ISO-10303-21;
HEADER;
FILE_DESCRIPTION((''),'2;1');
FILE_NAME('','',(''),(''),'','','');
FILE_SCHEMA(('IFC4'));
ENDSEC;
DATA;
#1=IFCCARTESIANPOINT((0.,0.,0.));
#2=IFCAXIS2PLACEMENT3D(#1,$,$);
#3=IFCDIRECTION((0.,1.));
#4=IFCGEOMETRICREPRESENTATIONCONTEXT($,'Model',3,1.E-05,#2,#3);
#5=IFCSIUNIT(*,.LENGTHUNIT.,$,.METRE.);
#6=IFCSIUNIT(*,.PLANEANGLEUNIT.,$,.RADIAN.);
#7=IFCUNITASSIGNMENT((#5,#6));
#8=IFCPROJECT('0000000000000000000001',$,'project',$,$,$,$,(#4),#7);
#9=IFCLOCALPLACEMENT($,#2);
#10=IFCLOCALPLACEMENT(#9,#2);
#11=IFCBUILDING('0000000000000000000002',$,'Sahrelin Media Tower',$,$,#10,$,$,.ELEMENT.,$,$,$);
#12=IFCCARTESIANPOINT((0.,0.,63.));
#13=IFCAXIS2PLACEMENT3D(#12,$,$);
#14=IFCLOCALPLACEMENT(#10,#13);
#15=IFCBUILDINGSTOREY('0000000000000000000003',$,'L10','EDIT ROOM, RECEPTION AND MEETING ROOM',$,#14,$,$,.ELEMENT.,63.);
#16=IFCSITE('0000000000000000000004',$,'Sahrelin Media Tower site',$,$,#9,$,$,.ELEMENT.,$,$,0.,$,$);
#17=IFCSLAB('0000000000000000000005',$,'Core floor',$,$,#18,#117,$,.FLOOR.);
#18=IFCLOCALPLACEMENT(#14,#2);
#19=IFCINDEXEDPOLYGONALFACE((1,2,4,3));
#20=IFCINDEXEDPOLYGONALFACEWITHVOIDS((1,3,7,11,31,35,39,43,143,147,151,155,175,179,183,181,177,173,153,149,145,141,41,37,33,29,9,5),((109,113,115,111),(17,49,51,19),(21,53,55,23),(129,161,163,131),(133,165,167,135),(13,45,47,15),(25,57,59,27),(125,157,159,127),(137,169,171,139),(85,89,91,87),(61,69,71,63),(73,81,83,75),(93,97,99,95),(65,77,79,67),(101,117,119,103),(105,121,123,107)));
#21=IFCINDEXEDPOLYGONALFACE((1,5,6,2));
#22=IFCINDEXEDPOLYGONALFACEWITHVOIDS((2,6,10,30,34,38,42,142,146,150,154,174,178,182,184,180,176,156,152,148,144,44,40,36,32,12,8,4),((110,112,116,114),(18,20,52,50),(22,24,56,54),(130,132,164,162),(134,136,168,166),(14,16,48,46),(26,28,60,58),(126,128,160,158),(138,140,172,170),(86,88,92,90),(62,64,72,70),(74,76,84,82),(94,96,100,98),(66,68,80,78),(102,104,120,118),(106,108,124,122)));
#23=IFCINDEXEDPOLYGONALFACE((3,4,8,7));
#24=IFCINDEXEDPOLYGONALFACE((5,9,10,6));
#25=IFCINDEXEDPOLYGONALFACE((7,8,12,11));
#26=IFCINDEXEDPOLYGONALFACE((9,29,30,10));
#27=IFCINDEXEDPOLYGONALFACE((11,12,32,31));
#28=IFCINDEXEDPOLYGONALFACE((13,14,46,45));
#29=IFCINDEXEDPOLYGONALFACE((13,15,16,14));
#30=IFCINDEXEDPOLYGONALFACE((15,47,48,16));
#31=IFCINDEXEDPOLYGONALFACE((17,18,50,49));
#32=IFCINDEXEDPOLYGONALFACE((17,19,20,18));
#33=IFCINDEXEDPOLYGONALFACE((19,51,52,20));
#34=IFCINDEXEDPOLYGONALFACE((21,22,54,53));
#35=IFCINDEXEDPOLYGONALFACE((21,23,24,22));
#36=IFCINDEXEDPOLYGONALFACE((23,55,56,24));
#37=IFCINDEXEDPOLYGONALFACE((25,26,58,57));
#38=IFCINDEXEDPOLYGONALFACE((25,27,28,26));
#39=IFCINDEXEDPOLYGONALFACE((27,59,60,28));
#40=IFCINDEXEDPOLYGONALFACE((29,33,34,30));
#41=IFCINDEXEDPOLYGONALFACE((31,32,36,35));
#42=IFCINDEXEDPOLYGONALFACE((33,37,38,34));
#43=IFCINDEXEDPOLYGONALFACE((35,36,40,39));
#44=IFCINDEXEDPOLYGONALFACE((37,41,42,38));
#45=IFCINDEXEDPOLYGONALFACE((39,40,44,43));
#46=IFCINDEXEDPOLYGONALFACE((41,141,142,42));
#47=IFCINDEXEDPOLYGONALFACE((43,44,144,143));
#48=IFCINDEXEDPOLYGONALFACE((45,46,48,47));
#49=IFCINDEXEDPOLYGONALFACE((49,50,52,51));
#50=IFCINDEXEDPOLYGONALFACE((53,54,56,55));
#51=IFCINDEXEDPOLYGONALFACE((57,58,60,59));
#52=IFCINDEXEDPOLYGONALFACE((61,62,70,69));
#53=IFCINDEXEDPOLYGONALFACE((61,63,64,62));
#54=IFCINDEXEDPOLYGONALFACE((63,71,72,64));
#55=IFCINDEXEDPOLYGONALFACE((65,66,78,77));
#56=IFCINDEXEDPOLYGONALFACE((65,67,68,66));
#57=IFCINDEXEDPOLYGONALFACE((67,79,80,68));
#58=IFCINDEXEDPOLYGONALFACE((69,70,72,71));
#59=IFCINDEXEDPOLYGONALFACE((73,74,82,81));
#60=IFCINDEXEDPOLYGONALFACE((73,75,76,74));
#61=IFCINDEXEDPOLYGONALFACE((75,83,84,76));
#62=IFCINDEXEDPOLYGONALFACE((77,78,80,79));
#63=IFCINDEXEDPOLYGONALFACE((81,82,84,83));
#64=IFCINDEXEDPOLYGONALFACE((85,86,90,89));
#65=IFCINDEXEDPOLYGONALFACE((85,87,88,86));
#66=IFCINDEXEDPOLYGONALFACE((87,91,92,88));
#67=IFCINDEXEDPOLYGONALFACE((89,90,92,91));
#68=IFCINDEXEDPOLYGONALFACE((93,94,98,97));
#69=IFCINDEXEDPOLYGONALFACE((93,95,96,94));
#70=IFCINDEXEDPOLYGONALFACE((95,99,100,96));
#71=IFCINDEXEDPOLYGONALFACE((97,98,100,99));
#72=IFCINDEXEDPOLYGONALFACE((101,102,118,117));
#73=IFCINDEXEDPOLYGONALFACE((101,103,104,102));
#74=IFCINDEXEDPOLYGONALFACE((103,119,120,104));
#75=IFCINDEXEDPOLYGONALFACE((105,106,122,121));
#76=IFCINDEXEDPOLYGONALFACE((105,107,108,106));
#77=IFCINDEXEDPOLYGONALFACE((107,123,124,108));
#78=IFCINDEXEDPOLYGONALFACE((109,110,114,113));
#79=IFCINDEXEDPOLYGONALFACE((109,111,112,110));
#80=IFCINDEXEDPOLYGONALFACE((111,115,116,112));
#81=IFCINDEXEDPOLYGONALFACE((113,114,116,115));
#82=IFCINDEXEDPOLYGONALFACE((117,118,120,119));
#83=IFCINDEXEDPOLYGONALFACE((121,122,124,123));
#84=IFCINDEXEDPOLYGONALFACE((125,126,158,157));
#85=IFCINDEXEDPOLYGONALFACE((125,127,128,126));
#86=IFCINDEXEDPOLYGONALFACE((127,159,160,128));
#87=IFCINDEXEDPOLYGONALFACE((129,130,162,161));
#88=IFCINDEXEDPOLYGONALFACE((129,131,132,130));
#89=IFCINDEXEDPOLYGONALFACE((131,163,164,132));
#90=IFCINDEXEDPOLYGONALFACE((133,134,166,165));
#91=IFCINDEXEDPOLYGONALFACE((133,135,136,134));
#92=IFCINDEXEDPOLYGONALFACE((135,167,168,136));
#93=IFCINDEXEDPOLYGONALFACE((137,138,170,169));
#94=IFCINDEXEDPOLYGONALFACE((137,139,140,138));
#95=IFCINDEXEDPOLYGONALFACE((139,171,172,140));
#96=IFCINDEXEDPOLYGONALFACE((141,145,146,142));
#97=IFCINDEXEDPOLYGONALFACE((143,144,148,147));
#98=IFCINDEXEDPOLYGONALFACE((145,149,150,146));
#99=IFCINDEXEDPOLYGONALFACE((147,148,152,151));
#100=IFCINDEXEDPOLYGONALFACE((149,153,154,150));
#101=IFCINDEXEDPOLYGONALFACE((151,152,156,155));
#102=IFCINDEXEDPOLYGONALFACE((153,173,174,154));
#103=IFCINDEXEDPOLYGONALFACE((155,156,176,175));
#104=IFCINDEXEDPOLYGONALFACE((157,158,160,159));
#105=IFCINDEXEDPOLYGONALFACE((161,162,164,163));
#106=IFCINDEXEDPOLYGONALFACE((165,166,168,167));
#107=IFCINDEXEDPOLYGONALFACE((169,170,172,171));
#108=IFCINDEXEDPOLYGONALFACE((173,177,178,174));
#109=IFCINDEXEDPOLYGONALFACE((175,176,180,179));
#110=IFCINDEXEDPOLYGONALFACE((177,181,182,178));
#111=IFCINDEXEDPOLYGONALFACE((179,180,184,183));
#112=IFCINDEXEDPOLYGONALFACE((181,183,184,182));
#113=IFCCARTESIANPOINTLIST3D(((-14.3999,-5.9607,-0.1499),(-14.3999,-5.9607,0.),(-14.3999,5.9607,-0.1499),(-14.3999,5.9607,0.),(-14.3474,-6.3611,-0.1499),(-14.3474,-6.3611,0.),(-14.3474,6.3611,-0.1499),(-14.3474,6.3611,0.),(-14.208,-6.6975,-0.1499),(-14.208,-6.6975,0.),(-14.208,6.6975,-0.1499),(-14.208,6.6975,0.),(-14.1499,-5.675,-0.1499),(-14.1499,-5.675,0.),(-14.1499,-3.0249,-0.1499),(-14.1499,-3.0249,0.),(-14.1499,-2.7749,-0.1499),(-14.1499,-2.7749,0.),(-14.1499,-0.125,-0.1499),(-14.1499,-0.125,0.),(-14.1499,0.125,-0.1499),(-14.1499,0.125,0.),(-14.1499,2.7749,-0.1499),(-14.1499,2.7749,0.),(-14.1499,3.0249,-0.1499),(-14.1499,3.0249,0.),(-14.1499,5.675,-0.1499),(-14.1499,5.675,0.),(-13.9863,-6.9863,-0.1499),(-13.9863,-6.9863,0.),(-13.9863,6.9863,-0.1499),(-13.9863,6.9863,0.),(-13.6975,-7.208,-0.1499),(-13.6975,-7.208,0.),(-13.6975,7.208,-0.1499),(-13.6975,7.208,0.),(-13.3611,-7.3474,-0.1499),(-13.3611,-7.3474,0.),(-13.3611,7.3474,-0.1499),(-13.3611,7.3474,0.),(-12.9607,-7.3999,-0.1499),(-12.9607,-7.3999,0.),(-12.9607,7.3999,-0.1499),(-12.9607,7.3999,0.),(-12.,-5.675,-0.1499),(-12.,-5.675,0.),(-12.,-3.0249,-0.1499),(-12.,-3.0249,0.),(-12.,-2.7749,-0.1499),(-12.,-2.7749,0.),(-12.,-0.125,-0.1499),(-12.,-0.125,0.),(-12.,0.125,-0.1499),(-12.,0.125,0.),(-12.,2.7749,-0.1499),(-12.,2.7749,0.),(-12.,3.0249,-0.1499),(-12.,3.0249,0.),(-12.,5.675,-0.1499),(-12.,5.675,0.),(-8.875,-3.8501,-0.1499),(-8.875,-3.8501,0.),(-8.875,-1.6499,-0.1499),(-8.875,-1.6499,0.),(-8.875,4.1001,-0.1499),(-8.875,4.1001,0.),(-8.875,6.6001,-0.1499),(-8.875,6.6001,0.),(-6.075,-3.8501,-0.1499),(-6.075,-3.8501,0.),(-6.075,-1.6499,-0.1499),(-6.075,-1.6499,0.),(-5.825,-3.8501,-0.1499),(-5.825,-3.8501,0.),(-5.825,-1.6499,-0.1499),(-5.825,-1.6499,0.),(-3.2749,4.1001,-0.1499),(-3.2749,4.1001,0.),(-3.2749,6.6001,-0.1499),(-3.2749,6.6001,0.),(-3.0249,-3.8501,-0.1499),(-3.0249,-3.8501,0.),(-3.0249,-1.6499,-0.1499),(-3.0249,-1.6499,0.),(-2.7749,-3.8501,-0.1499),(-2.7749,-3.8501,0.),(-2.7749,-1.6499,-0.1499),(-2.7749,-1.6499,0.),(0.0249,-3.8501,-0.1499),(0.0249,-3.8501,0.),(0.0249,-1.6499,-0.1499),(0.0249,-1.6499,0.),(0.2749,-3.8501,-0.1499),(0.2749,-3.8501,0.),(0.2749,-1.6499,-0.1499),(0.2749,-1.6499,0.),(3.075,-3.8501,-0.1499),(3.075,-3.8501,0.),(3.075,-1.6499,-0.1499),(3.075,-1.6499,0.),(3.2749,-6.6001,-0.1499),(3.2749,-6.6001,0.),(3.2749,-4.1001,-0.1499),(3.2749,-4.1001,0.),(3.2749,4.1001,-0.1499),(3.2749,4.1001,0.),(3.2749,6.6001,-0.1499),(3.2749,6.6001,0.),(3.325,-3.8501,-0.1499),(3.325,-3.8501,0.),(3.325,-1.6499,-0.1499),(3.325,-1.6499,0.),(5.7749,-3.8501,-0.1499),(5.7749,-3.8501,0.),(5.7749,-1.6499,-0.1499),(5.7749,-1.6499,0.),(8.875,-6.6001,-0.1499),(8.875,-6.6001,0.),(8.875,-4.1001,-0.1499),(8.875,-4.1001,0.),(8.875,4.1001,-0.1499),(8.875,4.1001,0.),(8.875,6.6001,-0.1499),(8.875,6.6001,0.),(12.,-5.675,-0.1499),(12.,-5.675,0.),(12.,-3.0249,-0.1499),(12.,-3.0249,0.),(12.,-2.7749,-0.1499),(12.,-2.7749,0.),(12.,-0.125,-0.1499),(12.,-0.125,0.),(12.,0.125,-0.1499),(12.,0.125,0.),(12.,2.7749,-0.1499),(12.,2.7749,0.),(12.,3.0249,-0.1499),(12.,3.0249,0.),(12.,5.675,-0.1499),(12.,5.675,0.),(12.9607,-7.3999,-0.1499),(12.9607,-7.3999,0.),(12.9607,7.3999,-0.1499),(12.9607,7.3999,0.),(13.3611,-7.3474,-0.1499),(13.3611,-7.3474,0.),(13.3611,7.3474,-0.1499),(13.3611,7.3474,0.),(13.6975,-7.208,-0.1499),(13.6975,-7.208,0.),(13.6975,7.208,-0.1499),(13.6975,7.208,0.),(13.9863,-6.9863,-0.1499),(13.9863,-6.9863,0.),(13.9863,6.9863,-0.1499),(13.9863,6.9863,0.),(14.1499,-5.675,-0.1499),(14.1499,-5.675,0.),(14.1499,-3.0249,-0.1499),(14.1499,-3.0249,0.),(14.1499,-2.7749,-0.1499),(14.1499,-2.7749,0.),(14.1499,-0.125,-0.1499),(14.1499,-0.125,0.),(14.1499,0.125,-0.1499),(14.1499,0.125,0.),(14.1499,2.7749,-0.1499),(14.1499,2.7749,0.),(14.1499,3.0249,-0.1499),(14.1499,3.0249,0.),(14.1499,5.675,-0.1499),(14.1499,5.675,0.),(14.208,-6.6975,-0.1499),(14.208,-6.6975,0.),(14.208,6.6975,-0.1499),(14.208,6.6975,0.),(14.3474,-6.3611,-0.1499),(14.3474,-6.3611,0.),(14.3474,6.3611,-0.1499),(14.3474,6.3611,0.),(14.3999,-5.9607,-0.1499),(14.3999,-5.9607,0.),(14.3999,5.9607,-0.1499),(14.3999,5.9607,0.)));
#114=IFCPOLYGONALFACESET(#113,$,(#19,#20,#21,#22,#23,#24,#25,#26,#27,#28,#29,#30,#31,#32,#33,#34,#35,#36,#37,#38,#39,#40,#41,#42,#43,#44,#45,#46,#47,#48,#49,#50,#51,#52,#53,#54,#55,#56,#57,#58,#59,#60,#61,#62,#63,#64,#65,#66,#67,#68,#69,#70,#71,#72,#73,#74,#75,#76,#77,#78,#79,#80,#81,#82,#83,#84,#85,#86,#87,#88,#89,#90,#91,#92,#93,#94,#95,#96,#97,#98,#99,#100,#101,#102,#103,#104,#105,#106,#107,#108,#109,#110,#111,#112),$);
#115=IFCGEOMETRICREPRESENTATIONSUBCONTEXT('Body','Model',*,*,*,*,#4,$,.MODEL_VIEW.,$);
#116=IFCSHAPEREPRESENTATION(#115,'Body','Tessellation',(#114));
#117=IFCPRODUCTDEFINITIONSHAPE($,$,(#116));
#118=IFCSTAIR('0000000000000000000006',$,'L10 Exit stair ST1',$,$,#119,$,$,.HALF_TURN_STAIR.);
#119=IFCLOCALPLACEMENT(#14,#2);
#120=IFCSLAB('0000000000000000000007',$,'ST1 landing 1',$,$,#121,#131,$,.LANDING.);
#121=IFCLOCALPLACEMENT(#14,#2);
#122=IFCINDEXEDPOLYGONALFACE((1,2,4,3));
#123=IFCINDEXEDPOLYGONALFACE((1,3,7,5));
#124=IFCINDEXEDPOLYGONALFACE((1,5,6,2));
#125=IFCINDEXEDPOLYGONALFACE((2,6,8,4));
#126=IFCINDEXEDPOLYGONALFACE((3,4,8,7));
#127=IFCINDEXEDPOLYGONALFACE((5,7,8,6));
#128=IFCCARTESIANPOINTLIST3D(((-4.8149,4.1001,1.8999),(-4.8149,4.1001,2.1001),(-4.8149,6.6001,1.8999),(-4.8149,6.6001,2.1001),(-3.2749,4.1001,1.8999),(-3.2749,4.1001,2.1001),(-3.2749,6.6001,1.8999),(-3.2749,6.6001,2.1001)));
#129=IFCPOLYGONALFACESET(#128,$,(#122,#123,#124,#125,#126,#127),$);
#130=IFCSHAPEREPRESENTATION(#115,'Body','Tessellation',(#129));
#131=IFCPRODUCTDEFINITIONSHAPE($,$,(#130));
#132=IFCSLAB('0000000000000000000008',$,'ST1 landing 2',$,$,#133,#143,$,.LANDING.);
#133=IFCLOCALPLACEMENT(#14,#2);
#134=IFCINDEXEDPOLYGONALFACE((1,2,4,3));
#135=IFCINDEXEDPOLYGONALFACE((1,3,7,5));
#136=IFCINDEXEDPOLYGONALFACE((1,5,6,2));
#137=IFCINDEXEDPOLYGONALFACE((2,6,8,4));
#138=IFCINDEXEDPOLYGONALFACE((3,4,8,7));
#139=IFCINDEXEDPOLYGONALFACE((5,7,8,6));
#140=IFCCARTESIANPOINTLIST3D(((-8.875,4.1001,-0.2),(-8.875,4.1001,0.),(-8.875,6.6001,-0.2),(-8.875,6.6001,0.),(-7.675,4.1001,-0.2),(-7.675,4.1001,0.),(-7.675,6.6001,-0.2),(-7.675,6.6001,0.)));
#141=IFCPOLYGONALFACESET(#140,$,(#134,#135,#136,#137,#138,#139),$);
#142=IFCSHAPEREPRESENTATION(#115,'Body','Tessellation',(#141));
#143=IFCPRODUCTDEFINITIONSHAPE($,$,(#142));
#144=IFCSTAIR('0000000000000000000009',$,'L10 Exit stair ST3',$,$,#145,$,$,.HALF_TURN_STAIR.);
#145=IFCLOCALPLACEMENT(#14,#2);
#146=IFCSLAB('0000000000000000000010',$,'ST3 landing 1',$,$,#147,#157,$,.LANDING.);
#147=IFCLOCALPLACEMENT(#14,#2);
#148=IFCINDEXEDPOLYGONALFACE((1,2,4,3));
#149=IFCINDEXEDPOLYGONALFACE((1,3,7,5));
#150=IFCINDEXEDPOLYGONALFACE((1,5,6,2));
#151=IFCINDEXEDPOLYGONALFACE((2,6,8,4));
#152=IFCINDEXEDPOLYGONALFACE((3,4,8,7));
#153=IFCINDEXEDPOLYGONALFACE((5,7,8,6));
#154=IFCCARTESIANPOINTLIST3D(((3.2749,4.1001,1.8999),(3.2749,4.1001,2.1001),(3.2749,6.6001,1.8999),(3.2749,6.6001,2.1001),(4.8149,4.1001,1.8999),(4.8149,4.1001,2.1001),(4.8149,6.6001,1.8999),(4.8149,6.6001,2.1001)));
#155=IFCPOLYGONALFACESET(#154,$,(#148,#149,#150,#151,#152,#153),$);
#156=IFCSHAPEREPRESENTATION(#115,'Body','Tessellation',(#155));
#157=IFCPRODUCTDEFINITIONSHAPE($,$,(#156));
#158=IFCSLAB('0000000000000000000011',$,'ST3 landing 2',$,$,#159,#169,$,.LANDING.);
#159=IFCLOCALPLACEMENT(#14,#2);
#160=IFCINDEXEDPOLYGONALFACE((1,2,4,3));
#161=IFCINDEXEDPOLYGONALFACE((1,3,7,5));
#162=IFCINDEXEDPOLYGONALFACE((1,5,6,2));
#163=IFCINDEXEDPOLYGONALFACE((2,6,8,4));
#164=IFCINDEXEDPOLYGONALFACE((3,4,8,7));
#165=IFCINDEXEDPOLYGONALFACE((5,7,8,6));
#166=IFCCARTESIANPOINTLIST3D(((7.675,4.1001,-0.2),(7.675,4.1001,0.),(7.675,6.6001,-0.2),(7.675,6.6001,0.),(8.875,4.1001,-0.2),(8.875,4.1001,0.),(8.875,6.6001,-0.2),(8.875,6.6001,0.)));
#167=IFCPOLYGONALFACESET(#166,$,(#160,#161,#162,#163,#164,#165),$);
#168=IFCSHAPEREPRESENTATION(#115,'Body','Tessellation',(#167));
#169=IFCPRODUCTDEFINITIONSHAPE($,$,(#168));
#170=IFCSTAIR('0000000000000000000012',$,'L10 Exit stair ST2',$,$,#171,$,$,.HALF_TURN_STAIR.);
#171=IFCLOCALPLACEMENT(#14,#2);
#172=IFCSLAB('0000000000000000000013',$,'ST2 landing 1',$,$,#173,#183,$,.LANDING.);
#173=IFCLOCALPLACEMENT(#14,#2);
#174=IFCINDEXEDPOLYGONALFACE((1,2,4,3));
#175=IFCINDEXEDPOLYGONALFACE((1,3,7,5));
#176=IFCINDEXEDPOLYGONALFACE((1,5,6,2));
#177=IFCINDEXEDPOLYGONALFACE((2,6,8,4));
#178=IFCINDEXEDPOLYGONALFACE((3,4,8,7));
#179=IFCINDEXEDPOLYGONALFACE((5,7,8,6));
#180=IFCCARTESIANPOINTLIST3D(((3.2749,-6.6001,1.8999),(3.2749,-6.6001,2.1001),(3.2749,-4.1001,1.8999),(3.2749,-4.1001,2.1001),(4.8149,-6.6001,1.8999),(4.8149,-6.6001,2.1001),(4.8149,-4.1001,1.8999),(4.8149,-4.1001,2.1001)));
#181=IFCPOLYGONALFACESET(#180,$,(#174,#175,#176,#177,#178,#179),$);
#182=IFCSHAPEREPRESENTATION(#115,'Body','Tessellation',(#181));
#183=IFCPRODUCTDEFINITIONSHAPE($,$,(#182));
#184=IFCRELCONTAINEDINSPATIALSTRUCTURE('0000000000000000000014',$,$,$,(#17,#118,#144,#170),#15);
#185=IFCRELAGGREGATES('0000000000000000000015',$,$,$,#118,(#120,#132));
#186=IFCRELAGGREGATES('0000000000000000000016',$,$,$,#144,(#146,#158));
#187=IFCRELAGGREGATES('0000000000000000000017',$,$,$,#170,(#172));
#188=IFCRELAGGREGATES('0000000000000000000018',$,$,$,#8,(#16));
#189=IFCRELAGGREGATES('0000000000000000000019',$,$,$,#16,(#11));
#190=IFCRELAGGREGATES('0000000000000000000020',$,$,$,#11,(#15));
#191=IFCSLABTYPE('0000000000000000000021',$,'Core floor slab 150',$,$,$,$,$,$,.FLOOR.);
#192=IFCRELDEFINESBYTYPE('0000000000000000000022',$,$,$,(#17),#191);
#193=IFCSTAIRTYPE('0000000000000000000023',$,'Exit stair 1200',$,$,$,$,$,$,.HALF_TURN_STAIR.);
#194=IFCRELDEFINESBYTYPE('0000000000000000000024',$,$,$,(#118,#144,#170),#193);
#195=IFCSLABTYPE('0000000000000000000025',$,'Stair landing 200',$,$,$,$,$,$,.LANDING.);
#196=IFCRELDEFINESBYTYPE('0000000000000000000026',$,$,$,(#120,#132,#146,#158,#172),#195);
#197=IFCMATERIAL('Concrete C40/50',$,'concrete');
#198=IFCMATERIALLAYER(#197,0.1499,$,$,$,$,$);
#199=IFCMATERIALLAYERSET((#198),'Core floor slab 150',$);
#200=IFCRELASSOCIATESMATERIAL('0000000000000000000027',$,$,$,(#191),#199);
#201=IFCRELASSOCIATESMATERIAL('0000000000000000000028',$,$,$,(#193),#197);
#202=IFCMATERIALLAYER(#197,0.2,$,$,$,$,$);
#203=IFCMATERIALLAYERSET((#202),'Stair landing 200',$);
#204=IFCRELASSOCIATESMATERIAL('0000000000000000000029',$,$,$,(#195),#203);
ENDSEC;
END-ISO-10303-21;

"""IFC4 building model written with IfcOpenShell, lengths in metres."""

from ifc_helpers import new_model, si_unit, direction, frame, origin, place, context, subcontext, project, spatial, polyline, outline, extrude, material, layer, layer_set, type_object, element, aggregate, save


model = new_model("IFC4")

# Units and contexts
model_context = context("Model", 3, precision=1e-05, world=origin(), true_north=direction((0.0, 1.0)))
body_context = subcontext(model_context, "Body", "Model", "MODEL_VIEW")
ifc_project = project(units=[si_unit("LENGTHUNIT", "METRE"), si_unit("PLANEANGLEUNIT", "RADIAN")], contexts=[model_context])

# Site, building, storey
site_placement = place(None, origin())
site = spatial("IfcSite", under=ifc_project, at=site_placement, Name="Sahrelin Media Tower site", CompositionType="ELEMENT", RefElevation=0.0)
building_placement = place(site_placement, origin())
building = spatial("IfcBuilding", under=site, at=building_placement, Name="Sahrelin Media Tower", CompositionType="ELEMENT")
storey_placement = place(building_placement, frame((0.0, 0.0, 63.0)))
storey = spatial("IfcBuildingStorey", under=building, at=storey_placement, Name="L10", Description="EDIT ROOM, RECEPTION AND MEETING ROOM", CompositionType="ELEMENT", Elevation=63.0)

# Slab
ifc_material_1 = material(Name="Concrete C40/50", Category="concrete")
ifc_layer_1 = layer(ifc_material_1, 0.1499)
ifc_layer_set_1 = layer_set([ifc_layer_1], Name="Core floor slab 150")
slab_type_1 = type_object("IfcSlabType", Name="Core floor slab 150", PredefinedType="FLOOR", material=ifc_layer_set_1)
slab_1_placement = place(storey_placement, frame((0.0, 0.0, -0.1499)))
element("IfcSlab", 1, at=slab_1_placement, inside=storey, type_object=slab_type_1, Name="Core floor", PredefinedType="FLOOR", context=body_context, shape_type="SweptSolid", body=[
    extrude(outline(polyline([(-14.3474, 6.3611), (-14.3999, 5.9607), (-14.3999, -5.9607), (-14.3474, -6.3611), (-14.208, -6.6975), (-13.9863, -6.9863), (-13.6975, -7.208), (-13.3611, -7.3474), (-12.9607, -7.3999), (12.9607, -7.3999), (13.3611, -7.3474), (13.6975, -7.208), (13.9863, -6.9863), (14.208, -6.6975), (14.3474, -6.3611), (14.3999, -5.9607), (14.3999, 5.9607), (14.3474, 6.3611), (14.208, 6.6975), (13.9863, 6.9863), (13.6975, 7.208), (13.3611, 7.3474), (12.9607, 7.3999), (-12.9607, 7.3999), (-13.3611, 7.3474), (-13.6975, 7.208), (-13.9863, 6.9863), (-14.208, 6.6975), (-14.3474, 6.3611)]), holes=[polyline([(-12.0, 3.0249), (-12.0, 5.675), (-14.1499, 5.675), (-14.1499, 3.0249), (-12.0, 3.0249)]), polyline([(-14.1499, 0.125), (-12.0, 0.125), (-12.0, 2.7749), (-14.1499, 2.7749), (-14.1499, 0.125)]), polyline([(-14.1499, -0.125), (-14.1499, -2.7749), (-12.0, -2.7749), (-12.0, -0.125), (-14.1499, -0.125)]), polyline([(-12.0, -3.0249), (-14.1499, -3.0249), (-14.1499, -5.675), (-12.0, -5.675), (-12.0, -3.0249)]), polyline([(14.1499, 3.0249), (14.1499, 5.675), (12.0, 5.675), (12.0, 3.0249), (14.1499, 3.0249)]), polyline([(12.0, 0.125), (14.1499, 0.125), (14.1499, 2.7749), (12.0, 2.7749), (12.0, 0.125)]), polyline([(12.0, -0.125), (12.0, -2.7749), (14.1499, -2.7749), (14.1499, -0.125), (12.0, -0.125)]), polyline([(14.1499, -3.0249), (12.0, -3.0249), (12.0, -5.675), (14.1499, -5.675), (14.1499, -3.0249)]), polyline([(-6.075, -3.8501), (-6.075, -1.6499), (-8.875, -1.6499), (-8.875, -3.8501), (-6.075, -3.8501)]), polyline([(-5.825, -3.8501), (-3.0249, -3.8501), (-3.0249, -1.6499), (-5.825, -1.6499), (-5.825, -3.8501)]), polyline([(-2.7749, -1.6499), (-2.7749, -3.8501), (0.0249, -3.8501), (0.0249, -1.6499), (-2.7749, -1.6499)]), polyline([(3.075, -1.6499), (0.2749, -1.6499), (0.2749, -3.8501), (3.075, -3.8501), (3.075, -1.6499)]), polyline([(5.7749, -3.8501), (5.7749, -1.6499), (3.325, -1.6499), (3.325, -3.8501), (5.7749, -3.8501)]), polyline([(-8.875, 6.6001), (-8.875, 4.1001), (-3.2749, 4.1001), (-3.2749, 6.6001), (-8.875, 6.6001)]), polyline([(3.2749, 4.1001), (8.875, 4.1001), (8.875, 6.6001), (3.2749, 6.6001), (3.2749, 4.1001)]), polyline([(3.2749, -4.1001), (3.2749, -6.6001), (8.875, -6.6001), (8.875, -4.1001), (3.2749, -4.1001)])]), origin(), (0.0, 0.0, 1.0), 0.1499),
])

# Stairs, slabs
stair_type = type_object("IfcStairType", Name="Exit stair 1200", PredefinedType="HALF_TURN_STAIR", material=ifc_material_1)
placement_1 = place(storey_placement, origin())
stair_1 = element("IfcStair", 2, at=placement_1, inside=storey, type_object=stair_type, Name="L10 Exit stair ST1", PredefinedType="HALF_TURN_STAIR")
ifc_layer_2 = layer(ifc_material_1, 0.2)
ifc_layer_set_2 = layer_set([ifc_layer_2], Name="Stair landing 200")
slab_type_2 = type_object("IfcSlabType", Name="Stair landing 200", PredefinedType="LANDING", material=ifc_layer_set_2)
placement_2 = place(storey_placement, frame((0.0, 0.0, 1.8999)))
slab_2 = element("IfcSlab", 3, at=placement_2, type_object=slab_type_2, Name="ST1 landing 1", PredefinedType="LANDING", context=body_context, shape_type="SweptSolid", body=[
    extrude(outline(polyline([(-4.8149, 4.1001), (-3.2749, 4.1001), (-3.2749, 6.6001), (-4.8149, 6.6001), (-4.8149, 4.1001)])), origin(), (0.0, 0.0, 1.0), 0.2002),
])
placement_3 = place(storey_placement, frame((0.0, 0.0, -0.2)))
slab_3 = element("IfcSlab", 4, at=placement_3, type_object=slab_type_2, Name="ST1 landing 2", PredefinedType="LANDING", context=body_context, shape_type="SweptSolid", body=[
    extrude(outline(polyline([(-8.875, 4.1001), (-7.675, 4.1001), (-7.675, 6.6001), (-8.875, 6.6001), (-8.875, 4.1001)])), origin(), (0.0, 0.0, 1.0), 0.2),
])
aggregate(stair_1, [slab_2, slab_3])
stair_2 = element("IfcStair", 5, at=placement_1, inside=storey, type_object=stair_type, Name="L10 Exit stair ST3", PredefinedType="HALF_TURN_STAIR")
slab_4 = element("IfcSlab", 6, at=placement_2, type_object=slab_type_2, Name="ST3 landing 1", PredefinedType="LANDING", context=body_context, shape_type="SweptSolid", body=[
    extrude(outline(polyline([(4.8149, 6.6001), (3.2749, 6.6001), (3.2749, 4.1001), (4.8149, 4.1001), (4.8149, 6.6001)])), origin(), (0.0, 0.0, 1.0), 0.2002),
])
slab_5 = element("IfcSlab", 7, at=placement_3, type_object=slab_type_2, Name="ST3 landing 2", PredefinedType="LANDING", context=body_context, shape_type="SweptSolid", body=[
    extrude(outline(polyline([(8.875, 6.6001), (7.675, 6.6001), (7.675, 4.1001), (8.875, 4.1001), (8.875, 6.6001)])), origin(), (0.0, 0.0, 1.0), 0.2),
])
aggregate(stair_2, [slab_4, slab_5])
stair_3 = element("IfcStair", 8, at=placement_1, inside=storey, type_object=stair_type, Name="L10 Exit stair ST2", PredefinedType="HALF_TURN_STAIR")
slab_6 = element("IfcSlab", 9, at=placement_2, type_object=slab_type_2, Name="ST2 landing 1", PredefinedType="LANDING", context=body_context, shape_type="SweptSolid", body=[
    extrude(outline(polyline([(4.8149, -4.1001), (3.2749, -4.1001), (3.2749, -6.6001), (4.8149, -6.6001), (4.8149, -4.1001)])), origin(), (0.0, 0.0, 1.0), 0.2002),
])
aggregate(stair_3, [slab_6])

save(model, "model.ifc")
